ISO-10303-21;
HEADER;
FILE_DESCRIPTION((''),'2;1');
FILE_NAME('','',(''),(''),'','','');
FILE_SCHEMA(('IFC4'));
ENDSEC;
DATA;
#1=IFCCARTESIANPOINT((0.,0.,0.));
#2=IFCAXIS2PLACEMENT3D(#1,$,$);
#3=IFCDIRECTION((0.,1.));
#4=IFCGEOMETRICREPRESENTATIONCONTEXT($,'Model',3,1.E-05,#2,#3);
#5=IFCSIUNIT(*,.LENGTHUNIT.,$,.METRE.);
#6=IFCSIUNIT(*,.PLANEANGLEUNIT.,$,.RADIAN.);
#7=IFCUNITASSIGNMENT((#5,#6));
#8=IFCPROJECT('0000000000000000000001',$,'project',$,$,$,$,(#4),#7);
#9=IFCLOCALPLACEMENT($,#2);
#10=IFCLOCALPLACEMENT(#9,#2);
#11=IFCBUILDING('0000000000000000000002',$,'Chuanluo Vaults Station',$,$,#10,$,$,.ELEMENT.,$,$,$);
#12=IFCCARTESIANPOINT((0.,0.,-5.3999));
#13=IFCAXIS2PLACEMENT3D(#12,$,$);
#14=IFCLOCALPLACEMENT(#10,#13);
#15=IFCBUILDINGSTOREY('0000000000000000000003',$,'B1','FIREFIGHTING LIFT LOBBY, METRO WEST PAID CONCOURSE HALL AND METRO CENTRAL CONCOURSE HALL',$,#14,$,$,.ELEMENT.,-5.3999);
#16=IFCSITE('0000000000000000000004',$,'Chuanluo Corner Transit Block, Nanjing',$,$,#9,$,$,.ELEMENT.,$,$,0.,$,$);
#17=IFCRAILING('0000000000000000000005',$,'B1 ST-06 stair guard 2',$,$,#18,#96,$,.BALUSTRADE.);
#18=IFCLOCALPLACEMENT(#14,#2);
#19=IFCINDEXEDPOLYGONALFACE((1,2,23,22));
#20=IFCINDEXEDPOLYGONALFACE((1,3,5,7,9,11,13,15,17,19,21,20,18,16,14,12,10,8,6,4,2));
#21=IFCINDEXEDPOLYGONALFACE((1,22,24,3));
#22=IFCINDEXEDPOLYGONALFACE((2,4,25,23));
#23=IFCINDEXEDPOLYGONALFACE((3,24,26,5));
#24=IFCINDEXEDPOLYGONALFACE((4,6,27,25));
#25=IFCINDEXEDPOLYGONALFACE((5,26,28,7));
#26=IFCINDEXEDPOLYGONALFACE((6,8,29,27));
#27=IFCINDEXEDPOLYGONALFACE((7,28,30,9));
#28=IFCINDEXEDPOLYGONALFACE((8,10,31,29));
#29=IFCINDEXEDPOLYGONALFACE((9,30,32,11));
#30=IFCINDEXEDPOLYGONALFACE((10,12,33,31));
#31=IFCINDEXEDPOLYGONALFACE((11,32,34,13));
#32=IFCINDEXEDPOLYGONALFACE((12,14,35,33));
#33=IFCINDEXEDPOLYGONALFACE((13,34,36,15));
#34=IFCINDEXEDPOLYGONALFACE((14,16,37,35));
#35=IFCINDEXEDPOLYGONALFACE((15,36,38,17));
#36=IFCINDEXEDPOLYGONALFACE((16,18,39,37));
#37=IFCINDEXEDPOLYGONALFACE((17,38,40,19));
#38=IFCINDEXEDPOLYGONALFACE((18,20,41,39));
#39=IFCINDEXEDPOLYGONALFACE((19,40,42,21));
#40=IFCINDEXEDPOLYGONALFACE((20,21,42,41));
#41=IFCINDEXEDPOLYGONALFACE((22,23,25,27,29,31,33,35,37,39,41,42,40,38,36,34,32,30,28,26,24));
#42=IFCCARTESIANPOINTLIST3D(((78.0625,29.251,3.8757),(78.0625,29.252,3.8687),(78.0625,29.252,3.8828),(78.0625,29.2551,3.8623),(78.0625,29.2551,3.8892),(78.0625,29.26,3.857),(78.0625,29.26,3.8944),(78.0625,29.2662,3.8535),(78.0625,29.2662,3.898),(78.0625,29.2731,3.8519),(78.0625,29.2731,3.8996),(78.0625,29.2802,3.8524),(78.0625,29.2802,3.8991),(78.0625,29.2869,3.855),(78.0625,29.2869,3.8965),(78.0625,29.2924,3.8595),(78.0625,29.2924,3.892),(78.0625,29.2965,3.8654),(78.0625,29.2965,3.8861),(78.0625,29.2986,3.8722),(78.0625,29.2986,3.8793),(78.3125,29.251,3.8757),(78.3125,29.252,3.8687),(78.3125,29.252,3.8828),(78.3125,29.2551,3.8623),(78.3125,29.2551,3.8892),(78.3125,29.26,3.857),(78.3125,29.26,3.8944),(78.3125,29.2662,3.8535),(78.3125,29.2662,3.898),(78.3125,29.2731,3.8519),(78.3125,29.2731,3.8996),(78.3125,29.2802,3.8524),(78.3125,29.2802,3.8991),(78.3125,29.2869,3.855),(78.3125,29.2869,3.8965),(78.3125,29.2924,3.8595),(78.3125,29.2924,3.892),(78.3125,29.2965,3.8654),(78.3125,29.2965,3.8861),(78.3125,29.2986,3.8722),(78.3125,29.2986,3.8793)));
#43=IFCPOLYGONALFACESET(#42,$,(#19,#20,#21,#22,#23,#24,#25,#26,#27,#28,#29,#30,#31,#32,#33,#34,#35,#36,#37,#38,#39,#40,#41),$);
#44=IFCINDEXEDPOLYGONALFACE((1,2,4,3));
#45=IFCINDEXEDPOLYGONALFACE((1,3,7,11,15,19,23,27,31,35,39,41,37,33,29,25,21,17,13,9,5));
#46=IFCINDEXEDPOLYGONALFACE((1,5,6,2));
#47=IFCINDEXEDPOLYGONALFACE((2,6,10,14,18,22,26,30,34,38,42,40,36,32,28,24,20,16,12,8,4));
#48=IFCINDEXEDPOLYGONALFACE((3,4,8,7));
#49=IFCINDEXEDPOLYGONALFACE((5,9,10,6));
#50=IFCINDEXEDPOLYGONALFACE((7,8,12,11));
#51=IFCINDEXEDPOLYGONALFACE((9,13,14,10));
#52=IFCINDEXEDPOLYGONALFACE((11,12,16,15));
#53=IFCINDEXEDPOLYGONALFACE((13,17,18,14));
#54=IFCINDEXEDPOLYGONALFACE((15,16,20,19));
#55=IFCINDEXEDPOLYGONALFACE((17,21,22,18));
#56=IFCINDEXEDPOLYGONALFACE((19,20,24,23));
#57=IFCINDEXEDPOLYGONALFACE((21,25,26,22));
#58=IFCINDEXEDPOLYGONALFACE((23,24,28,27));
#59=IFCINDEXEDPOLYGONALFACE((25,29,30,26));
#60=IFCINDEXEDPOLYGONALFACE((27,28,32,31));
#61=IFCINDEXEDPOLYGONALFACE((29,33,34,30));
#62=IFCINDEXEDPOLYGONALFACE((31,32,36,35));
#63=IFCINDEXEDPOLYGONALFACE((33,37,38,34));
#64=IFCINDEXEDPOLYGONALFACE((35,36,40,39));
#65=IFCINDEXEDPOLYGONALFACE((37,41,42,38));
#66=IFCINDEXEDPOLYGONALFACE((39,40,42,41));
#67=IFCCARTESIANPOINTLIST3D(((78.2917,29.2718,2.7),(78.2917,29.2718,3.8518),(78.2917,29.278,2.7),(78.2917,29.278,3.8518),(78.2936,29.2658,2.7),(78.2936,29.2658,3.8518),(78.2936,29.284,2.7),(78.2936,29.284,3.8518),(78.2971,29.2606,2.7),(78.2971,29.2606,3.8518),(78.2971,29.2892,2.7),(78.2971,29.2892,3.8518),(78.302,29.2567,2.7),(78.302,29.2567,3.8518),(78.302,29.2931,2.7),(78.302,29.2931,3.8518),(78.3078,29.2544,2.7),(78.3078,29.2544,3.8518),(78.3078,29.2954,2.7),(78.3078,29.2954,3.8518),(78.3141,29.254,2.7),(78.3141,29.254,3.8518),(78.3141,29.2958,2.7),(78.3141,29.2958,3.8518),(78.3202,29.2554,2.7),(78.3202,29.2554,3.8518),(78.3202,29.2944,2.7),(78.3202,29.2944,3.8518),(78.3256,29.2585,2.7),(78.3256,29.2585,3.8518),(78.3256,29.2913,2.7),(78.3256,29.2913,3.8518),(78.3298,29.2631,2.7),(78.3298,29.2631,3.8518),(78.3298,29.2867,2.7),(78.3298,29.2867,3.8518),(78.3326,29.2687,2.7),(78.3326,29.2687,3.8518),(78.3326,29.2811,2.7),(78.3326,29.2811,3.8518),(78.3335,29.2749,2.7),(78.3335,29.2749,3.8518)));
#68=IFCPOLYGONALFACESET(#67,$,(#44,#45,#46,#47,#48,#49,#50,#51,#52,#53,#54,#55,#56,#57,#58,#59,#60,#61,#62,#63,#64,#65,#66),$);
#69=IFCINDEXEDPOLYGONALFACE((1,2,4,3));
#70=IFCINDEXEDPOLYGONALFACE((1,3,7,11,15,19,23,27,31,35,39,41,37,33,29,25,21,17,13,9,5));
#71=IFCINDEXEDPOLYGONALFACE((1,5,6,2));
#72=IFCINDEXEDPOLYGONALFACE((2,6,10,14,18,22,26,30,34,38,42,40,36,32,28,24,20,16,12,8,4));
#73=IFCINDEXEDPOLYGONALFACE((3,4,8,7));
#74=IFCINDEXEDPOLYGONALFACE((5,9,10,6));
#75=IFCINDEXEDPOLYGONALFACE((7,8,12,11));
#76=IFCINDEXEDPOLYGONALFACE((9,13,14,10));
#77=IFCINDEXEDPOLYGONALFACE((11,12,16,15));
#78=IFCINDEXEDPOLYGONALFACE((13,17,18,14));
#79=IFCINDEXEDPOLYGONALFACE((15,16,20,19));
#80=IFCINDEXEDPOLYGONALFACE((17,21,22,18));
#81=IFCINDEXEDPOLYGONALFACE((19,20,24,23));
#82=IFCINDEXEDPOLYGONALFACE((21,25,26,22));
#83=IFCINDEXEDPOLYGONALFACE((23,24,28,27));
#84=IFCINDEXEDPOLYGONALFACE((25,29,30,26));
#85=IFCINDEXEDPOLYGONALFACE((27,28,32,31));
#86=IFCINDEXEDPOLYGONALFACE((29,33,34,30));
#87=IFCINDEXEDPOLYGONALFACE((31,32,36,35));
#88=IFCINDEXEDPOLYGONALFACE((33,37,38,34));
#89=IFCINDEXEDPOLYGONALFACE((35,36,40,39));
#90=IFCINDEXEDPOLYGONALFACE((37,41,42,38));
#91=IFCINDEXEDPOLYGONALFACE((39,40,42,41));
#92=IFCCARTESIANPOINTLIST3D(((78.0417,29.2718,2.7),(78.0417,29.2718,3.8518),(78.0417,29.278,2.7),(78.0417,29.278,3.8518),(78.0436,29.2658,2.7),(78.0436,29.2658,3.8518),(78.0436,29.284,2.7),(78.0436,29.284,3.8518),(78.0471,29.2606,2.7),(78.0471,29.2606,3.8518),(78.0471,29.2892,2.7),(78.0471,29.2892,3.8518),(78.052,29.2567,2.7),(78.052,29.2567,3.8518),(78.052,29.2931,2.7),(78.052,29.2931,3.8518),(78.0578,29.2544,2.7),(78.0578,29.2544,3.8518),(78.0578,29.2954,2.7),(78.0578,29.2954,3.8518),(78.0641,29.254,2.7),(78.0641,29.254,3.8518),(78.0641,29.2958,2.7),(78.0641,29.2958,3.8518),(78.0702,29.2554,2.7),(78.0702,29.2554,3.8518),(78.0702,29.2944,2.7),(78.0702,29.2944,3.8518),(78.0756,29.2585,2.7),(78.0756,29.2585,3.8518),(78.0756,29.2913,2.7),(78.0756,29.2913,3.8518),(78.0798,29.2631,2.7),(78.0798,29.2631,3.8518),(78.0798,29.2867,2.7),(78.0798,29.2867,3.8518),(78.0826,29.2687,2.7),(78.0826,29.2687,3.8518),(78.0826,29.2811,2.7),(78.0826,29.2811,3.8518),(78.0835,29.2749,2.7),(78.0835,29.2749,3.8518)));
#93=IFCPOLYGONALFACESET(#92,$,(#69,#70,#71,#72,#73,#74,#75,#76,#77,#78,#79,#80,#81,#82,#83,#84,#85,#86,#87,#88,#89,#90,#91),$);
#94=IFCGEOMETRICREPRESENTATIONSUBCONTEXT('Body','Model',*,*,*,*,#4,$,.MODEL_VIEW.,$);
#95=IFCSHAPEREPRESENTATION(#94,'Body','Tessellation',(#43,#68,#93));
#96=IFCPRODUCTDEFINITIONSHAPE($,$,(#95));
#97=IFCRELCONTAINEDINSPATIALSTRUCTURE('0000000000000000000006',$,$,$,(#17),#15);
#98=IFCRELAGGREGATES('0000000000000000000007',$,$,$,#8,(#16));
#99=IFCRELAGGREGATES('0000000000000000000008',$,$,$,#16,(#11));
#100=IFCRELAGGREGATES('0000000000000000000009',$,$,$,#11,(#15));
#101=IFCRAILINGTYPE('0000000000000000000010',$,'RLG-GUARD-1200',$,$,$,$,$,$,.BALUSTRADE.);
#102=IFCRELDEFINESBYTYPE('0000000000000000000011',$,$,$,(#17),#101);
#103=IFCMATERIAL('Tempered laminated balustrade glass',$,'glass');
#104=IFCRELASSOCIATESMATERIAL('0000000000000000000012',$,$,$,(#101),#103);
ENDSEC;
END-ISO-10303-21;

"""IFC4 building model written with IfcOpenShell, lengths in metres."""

from ifc_helpers import new_model, si_unit, direction, frame, origin, origin_2d, place, context, subcontext, project, spatial, circle, extrude, material, type_object, element, save


model = new_model("IFC4")

# Units and contexts
model_context = context("Model", 3, precision=1e-05, world=origin(), true_north=direction((0.0, 1.0)))
body_context = subcontext(model_context, "Body", "Model", "MODEL_VIEW")
ifc_project = project(units=[si_unit("LENGTHUNIT", "METRE"), si_unit("PLANEANGLEUNIT", "RADIAN")], contexts=[model_context])

# Site, building, storey
site_placement = place(None, origin())
site = spatial("IfcSite", under=ifc_project, at=site_placement, Name="Chuanluo Corner Transit Block, Nanjing", CompositionType="ELEMENT", RefElevation=0.0)
building_placement = place(site_placement, origin())
building = spatial("IfcBuilding", under=site, at=building_placement, Name="Chuanluo Vaults Station", CompositionType="ELEMENT")
storey_placement = place(building_placement, frame((0.0, 0.0, -5.3999)))
storey = spatial("IfcBuildingStorey", under=building, at=storey_placement, Name="B1", Description="FIREFIGHTING LIFT LOBBY, METRO WEST PAID CONCOURSE HALL AND METRO CENTRAL CONCOURSE HALL", CompositionType="ELEMENT", Elevation=-5.3999)

# Railing
ifc_material_1 = material(Name="Tempered laminated balustrade glass", Category="glass")
railing_type_1 = type_object("IfcRailingType", Name="RLG-GUARD-1200", PredefinedType="BALUSTRADE", material=ifc_material_1)
railing_1_placement = place(storey_placement, frame((78.3125, 29.2749, 2.7)))
element("IfcRailing", 1, at=railing_1_placement, inside=storey, type_object=railing_type_1, Name="B1 ST-06 stair guard 2", PredefinedType="BALUSTRADE", context=body_context, shape_type="SweptSolid", body=[
    extrude(circle(Radius=0.0239, at=origin_2d()), frame((0.0, 0.0, 1.1758), z_axis=(-1.0, 0.0, 0.0), x_axis=(0.0, -1.0, 0.0)), (0.0, 0.0, 1.0), 0.25),
    extrude(circle(Radius=0.021, at=origin_2d()), origin(), (0.0, 0.0, 1.0), 1.1519),
    extrude(circle(Radius=0.021, at=origin_2d()), frame((-0.25, 0.0, 0.0)), (0.0, 0.0, 1.0), 1.1519),
])

save(model, "model.ifc")
